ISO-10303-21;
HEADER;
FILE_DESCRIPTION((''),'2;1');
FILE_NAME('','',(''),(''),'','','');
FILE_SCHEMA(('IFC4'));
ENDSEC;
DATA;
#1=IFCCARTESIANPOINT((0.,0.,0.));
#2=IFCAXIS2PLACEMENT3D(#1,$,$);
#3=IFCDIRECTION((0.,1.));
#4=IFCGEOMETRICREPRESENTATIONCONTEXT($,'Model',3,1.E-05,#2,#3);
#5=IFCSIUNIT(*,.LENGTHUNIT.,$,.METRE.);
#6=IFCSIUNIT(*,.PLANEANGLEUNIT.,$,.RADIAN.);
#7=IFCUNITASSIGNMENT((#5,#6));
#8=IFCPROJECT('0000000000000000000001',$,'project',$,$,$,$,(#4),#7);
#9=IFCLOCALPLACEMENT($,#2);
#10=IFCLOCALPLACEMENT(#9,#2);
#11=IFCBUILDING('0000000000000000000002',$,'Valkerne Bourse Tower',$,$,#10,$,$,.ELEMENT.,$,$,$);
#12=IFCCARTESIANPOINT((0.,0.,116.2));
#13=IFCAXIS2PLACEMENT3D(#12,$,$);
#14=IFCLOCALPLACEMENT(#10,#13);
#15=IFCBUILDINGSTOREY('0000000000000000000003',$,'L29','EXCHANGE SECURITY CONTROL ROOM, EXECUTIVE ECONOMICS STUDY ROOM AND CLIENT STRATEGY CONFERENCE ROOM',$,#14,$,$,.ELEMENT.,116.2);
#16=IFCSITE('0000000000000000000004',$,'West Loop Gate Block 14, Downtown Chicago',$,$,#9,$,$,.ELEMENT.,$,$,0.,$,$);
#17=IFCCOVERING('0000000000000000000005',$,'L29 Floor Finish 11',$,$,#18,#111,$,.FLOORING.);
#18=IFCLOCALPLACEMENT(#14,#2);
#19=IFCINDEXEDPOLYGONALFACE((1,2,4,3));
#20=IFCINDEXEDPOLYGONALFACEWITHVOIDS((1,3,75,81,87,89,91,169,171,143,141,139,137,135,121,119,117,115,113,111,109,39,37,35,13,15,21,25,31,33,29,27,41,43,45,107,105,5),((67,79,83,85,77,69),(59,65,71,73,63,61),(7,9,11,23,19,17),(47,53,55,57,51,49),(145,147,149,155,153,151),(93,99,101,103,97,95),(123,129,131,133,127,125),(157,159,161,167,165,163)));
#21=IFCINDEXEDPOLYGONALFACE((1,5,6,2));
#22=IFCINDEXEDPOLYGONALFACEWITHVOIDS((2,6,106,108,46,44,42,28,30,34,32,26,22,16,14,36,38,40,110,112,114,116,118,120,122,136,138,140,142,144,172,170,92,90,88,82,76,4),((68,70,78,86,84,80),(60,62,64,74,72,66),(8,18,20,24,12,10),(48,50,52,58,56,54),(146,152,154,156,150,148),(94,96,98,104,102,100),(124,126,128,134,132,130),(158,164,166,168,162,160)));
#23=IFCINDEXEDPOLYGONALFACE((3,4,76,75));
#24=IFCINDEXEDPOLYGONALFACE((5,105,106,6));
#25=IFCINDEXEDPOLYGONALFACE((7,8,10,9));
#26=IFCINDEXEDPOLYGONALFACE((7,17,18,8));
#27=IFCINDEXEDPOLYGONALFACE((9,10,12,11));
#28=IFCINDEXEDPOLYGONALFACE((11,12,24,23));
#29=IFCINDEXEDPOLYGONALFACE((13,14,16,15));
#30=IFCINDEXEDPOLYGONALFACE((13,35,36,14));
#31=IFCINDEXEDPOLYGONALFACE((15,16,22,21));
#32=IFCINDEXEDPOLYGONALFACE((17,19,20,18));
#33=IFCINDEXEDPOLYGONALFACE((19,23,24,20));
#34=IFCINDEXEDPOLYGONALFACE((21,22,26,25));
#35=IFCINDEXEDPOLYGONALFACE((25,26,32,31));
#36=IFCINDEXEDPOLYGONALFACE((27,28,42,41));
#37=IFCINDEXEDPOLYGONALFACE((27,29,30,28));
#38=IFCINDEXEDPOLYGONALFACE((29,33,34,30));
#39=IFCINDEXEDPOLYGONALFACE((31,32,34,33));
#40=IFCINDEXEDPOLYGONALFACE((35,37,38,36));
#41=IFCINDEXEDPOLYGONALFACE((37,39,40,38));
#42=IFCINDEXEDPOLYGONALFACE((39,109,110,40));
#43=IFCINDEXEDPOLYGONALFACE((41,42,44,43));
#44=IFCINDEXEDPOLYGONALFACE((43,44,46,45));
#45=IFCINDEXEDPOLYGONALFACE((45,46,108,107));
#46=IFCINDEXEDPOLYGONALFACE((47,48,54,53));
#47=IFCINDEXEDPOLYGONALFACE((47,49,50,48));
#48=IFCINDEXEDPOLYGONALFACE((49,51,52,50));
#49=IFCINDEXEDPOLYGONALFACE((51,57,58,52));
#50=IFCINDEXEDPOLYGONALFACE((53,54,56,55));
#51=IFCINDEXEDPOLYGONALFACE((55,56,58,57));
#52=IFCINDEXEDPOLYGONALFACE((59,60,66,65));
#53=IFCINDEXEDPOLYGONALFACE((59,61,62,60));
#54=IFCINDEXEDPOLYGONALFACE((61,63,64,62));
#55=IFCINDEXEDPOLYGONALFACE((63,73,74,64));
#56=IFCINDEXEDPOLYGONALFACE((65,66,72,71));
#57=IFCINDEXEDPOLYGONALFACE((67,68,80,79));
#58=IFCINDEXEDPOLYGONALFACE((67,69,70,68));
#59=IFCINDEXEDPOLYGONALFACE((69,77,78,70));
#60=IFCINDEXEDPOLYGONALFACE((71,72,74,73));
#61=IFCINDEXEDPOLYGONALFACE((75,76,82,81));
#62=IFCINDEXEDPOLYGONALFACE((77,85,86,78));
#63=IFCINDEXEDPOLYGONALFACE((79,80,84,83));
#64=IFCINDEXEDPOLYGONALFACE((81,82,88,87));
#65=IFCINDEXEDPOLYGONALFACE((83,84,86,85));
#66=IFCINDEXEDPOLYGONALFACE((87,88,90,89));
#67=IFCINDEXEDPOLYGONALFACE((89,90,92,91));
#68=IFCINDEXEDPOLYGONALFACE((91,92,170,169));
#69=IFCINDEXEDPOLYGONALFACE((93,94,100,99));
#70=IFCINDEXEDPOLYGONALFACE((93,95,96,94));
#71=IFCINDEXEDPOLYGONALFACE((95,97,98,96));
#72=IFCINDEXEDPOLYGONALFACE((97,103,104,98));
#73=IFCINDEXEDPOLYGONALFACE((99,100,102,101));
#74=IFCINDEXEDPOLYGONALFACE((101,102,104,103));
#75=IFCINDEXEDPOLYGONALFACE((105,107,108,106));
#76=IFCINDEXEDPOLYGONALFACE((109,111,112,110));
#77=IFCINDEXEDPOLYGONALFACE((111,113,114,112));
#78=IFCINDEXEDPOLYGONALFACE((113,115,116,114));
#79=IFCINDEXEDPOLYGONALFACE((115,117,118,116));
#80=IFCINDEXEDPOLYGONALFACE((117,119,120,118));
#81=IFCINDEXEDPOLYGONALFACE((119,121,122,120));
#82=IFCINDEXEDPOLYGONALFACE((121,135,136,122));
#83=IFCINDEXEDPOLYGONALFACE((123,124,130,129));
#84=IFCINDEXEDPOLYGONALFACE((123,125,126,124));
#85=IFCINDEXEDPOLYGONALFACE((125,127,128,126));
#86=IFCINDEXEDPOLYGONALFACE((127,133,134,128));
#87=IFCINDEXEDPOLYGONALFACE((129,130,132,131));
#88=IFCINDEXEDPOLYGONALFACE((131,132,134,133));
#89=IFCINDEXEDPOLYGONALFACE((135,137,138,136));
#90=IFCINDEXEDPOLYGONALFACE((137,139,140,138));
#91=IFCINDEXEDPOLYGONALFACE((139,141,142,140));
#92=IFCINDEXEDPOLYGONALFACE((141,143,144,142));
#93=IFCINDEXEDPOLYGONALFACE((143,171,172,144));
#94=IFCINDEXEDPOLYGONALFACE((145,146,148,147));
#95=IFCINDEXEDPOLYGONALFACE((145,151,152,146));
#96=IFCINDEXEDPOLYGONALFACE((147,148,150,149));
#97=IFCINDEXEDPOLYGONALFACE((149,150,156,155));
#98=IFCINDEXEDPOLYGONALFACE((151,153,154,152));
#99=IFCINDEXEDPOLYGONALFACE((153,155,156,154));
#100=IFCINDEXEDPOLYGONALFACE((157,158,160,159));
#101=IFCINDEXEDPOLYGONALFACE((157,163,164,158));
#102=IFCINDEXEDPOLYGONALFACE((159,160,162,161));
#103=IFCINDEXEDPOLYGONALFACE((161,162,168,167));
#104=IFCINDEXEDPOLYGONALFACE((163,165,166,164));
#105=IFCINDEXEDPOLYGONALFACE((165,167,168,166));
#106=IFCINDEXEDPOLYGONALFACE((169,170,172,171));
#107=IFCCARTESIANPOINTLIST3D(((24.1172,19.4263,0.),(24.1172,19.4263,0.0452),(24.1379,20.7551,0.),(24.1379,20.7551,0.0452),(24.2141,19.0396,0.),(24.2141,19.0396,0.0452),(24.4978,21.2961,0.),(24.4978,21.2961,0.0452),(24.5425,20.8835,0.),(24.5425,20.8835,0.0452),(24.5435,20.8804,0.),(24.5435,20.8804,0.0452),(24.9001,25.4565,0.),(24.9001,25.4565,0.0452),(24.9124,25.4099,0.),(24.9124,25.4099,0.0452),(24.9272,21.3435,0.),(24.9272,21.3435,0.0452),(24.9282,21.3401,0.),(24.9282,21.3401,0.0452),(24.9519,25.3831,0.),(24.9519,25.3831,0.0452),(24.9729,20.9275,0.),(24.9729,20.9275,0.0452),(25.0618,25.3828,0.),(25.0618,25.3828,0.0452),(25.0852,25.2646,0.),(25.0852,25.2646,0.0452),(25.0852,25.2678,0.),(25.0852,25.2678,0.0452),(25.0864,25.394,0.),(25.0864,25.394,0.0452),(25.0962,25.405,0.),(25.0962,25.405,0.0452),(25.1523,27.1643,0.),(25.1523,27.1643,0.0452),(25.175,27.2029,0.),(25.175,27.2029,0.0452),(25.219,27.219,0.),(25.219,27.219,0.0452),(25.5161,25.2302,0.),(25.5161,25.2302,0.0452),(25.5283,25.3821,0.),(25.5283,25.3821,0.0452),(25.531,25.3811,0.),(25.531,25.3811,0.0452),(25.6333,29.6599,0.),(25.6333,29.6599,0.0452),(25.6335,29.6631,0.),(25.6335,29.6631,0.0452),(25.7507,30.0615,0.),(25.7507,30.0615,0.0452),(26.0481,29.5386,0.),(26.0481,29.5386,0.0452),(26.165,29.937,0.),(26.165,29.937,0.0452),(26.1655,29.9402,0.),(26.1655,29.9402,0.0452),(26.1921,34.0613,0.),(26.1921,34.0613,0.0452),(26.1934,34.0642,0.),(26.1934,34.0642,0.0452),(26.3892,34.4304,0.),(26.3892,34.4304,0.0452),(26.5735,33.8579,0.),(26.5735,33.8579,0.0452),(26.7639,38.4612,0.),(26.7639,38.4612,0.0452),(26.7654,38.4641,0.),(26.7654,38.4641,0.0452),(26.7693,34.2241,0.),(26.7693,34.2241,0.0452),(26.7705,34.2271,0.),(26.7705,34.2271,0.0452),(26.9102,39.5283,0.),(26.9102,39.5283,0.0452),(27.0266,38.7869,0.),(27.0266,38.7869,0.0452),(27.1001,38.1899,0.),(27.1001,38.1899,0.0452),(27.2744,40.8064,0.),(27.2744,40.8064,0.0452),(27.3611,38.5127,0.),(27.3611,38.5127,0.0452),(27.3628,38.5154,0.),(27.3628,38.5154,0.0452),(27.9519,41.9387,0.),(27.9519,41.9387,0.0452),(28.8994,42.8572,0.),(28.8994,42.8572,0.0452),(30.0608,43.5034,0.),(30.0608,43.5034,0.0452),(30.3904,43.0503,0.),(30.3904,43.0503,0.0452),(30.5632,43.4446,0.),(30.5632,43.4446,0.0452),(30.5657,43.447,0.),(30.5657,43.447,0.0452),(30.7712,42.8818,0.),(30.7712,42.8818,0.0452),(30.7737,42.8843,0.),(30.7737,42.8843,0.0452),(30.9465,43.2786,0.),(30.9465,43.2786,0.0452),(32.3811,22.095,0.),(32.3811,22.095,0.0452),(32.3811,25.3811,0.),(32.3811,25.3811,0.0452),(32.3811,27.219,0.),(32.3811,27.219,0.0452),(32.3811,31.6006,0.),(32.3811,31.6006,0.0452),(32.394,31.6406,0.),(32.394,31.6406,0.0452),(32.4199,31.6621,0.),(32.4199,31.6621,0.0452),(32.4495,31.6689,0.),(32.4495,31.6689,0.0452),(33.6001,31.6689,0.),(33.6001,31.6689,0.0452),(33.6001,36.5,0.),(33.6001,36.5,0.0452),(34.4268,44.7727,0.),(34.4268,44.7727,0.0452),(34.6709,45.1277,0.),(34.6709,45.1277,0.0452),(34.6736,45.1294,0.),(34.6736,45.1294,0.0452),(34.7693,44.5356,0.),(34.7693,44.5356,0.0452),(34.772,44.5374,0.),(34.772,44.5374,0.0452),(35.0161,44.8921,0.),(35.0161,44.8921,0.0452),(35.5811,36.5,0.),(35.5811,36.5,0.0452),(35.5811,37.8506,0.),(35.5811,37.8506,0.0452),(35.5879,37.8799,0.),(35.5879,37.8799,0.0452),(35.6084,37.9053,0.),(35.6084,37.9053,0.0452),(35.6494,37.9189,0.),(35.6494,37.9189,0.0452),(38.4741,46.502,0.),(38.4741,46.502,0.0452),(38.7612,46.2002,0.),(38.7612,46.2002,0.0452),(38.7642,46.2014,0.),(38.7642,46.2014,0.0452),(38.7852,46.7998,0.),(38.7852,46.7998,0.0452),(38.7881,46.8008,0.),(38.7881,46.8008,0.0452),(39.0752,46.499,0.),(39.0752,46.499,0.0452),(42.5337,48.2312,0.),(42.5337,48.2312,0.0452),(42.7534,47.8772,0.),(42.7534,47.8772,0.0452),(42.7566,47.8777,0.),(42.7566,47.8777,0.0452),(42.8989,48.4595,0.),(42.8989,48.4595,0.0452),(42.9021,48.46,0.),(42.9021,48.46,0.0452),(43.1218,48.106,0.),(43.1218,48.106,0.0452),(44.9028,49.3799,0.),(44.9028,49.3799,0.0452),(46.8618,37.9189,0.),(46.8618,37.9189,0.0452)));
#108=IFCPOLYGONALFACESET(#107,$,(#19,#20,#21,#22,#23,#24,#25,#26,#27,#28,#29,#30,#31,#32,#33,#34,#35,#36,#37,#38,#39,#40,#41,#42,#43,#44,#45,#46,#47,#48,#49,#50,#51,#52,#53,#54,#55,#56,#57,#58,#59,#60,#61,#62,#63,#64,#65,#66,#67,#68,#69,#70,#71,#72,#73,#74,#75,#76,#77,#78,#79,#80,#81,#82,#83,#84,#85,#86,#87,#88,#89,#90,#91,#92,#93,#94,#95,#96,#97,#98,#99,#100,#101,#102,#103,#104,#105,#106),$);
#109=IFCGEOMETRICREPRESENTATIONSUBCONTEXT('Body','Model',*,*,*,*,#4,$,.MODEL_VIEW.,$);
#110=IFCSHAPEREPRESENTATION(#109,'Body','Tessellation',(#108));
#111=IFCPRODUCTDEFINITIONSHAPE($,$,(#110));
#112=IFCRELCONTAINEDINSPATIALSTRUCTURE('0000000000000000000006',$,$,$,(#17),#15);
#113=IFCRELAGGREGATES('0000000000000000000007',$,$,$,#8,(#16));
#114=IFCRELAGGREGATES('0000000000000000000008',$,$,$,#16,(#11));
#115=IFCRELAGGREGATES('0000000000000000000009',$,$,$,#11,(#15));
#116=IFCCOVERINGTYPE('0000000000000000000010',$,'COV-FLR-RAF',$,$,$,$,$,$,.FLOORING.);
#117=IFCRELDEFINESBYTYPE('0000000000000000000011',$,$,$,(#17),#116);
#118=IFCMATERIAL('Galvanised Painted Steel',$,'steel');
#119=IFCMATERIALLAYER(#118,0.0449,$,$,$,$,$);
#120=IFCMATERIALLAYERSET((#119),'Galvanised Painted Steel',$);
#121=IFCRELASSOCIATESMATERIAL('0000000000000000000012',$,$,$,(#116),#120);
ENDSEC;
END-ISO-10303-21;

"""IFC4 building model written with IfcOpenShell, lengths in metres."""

from ifc_helpers import new_model, si_unit, direction, frame, origin, place, context, subcontext, project, spatial, polyline, outline, extrude, material, layer, layer_set, type_object, element, save


model = new_model("IFC4")

# Units and contexts
model_context = context("Model", 3, precision=1e-05, world=origin(), true_north=direction((0.0, 1.0)))
body_context = subcontext(model_context, "Body", "Model", "MODEL_VIEW")
ifc_project = project(units=[si_unit("LENGTHUNIT", "METRE"), si_unit("PLANEANGLEUNIT", "RADIAN")], contexts=[model_context])

# Site, building, storey
site_placement = place(None, origin())
site = spatial("IfcSite", under=ifc_project, at=site_placement, Name="West Loop Gate Block 14, Downtown Chicago", CompositionType="ELEMENT", RefElevation=0.0)
building_placement = place(site_placement, origin())
building = spatial("IfcBuilding", under=site, at=building_placement, Name="Valkerne Bourse Tower", CompositionType="ELEMENT")
storey_placement = place(building_placement, frame((0.0, 0.0, 116.2)))
storey = spatial("IfcBuildingStorey", under=building, at=storey_placement, Name="L29", Description="EXCHANGE SECURITY CONTROL ROOM, EXECUTIVE ECONOMICS STUDY ROOM AND CLIENT STRATEGY CONFERENCE ROOM", CompositionType="ELEMENT", Elevation=116.2)

# Covering
ifc_material_1 = material(Name="Galvanised Painted Steel", Category="steel")
ifc_layer_1 = layer(ifc_material_1, 0.0449)
ifc_layer_set_1 = layer_set([ifc_layer_1], Name="Galvanised Painted Steel")
covering_type_1 = type_object("IfcCoveringType", Name="COV-FLR-RAF", PredefinedType="FLOORING", material=ifc_layer_set_1)
covering_1_placement = place(storey_placement, origin())
element("IfcCovering", 1, at=covering_1_placement, inside=storey, type_object=covering_type_1, Name="L29 Floor Finish 11", PredefinedType="FLOORING", context=body_context, shape_type="SweptSolid", body=[
    extrude(outline(polyline([(26.9102, 39.5283), (27.2744, 40.8064), (27.9519, 41.9387), (28.8994, 42.8572), (30.0608, 43.5034), (44.9028, 49.3799), (46.8618, 37.9189), (35.6494, 37.9189), (35.6084, 37.9053), (35.5879, 37.8799), (35.5811, 37.8506), (35.5811, 36.5), (33.6001, 36.5), (33.6001, 31.6689), (32.4495, 31.6689), (32.4199, 31.6621), (32.394, 31.6406), (32.3811, 31.6006), (32.3811, 27.219), (25.219, 27.219), (25.175, 27.2029), (25.1523, 27.1643), (24.9001, 25.4565), (24.9124, 25.4099), (24.9519, 25.3831), (25.0618, 25.3828), (25.0864, 25.394), (25.0962, 25.405), (25.0852, 25.2678), (25.0852, 25.2646), (25.5161, 25.2302), (25.5283, 25.3821), (25.531, 25.3811), (32.3811, 25.3811), (32.3811, 22.095), (24.2141, 19.0396), (24.1172, 19.4263), (24.1379, 20.7551), (26.9102, 39.5283)]), holes=[polyline([(24.9282, 21.3401), (24.9272, 21.3435), (24.4978, 21.2961), (24.5425, 20.8835), (24.5435, 20.8804), (24.9729, 20.9275), (24.9282, 21.3401)]), polyline([(26.165, 29.937), (26.1655, 29.9402), (25.7507, 30.0615), (25.6335, 29.6631), (25.6333, 29.6599), (26.0481, 29.5386), (26.165, 29.937)]), polyline([(26.7705, 34.2271), (26.3892, 34.4304), (26.1934, 34.0642), (26.1921, 34.0613), (26.5735, 33.8579), (26.7693, 34.2241), (26.7705, 34.2271)]), polyline([(27.3628, 38.5154), (27.0266, 38.7869), (26.7654, 38.4641), (26.7639, 38.4612), (27.1001, 38.1899), (27.3611, 38.5127), (27.3628, 38.5154)]), polyline([(30.9465, 43.2786), (30.5657, 43.447), (30.5632, 43.4446), (30.3904, 43.0503), (30.7712, 42.8818), (30.7737, 42.8843), (30.9465, 43.2786)]), polyline([(34.772, 44.5374), (35.0161, 44.8921), (34.6736, 45.1294), (34.6709, 45.1277), (34.4268, 44.7727), (34.7693, 44.5356), (34.772, 44.5374)]), polyline([(38.7642, 46.2014), (39.0752, 46.499), (38.7881, 46.8008), (38.7852, 46.7998), (38.4741, 46.502), (38.7612, 46.2002), (38.7642, 46.2014)]), polyline([(43.1218, 48.106), (42.9021, 48.46), (42.8989, 48.4595), (42.5337, 48.2312), (42.7534, 47.8772), (42.7566, 47.8777), (43.1218, 48.106)])]), origin(), (0.0, 0.0, 1.0), 0.0452),
])

save(model, "model.ifc")
